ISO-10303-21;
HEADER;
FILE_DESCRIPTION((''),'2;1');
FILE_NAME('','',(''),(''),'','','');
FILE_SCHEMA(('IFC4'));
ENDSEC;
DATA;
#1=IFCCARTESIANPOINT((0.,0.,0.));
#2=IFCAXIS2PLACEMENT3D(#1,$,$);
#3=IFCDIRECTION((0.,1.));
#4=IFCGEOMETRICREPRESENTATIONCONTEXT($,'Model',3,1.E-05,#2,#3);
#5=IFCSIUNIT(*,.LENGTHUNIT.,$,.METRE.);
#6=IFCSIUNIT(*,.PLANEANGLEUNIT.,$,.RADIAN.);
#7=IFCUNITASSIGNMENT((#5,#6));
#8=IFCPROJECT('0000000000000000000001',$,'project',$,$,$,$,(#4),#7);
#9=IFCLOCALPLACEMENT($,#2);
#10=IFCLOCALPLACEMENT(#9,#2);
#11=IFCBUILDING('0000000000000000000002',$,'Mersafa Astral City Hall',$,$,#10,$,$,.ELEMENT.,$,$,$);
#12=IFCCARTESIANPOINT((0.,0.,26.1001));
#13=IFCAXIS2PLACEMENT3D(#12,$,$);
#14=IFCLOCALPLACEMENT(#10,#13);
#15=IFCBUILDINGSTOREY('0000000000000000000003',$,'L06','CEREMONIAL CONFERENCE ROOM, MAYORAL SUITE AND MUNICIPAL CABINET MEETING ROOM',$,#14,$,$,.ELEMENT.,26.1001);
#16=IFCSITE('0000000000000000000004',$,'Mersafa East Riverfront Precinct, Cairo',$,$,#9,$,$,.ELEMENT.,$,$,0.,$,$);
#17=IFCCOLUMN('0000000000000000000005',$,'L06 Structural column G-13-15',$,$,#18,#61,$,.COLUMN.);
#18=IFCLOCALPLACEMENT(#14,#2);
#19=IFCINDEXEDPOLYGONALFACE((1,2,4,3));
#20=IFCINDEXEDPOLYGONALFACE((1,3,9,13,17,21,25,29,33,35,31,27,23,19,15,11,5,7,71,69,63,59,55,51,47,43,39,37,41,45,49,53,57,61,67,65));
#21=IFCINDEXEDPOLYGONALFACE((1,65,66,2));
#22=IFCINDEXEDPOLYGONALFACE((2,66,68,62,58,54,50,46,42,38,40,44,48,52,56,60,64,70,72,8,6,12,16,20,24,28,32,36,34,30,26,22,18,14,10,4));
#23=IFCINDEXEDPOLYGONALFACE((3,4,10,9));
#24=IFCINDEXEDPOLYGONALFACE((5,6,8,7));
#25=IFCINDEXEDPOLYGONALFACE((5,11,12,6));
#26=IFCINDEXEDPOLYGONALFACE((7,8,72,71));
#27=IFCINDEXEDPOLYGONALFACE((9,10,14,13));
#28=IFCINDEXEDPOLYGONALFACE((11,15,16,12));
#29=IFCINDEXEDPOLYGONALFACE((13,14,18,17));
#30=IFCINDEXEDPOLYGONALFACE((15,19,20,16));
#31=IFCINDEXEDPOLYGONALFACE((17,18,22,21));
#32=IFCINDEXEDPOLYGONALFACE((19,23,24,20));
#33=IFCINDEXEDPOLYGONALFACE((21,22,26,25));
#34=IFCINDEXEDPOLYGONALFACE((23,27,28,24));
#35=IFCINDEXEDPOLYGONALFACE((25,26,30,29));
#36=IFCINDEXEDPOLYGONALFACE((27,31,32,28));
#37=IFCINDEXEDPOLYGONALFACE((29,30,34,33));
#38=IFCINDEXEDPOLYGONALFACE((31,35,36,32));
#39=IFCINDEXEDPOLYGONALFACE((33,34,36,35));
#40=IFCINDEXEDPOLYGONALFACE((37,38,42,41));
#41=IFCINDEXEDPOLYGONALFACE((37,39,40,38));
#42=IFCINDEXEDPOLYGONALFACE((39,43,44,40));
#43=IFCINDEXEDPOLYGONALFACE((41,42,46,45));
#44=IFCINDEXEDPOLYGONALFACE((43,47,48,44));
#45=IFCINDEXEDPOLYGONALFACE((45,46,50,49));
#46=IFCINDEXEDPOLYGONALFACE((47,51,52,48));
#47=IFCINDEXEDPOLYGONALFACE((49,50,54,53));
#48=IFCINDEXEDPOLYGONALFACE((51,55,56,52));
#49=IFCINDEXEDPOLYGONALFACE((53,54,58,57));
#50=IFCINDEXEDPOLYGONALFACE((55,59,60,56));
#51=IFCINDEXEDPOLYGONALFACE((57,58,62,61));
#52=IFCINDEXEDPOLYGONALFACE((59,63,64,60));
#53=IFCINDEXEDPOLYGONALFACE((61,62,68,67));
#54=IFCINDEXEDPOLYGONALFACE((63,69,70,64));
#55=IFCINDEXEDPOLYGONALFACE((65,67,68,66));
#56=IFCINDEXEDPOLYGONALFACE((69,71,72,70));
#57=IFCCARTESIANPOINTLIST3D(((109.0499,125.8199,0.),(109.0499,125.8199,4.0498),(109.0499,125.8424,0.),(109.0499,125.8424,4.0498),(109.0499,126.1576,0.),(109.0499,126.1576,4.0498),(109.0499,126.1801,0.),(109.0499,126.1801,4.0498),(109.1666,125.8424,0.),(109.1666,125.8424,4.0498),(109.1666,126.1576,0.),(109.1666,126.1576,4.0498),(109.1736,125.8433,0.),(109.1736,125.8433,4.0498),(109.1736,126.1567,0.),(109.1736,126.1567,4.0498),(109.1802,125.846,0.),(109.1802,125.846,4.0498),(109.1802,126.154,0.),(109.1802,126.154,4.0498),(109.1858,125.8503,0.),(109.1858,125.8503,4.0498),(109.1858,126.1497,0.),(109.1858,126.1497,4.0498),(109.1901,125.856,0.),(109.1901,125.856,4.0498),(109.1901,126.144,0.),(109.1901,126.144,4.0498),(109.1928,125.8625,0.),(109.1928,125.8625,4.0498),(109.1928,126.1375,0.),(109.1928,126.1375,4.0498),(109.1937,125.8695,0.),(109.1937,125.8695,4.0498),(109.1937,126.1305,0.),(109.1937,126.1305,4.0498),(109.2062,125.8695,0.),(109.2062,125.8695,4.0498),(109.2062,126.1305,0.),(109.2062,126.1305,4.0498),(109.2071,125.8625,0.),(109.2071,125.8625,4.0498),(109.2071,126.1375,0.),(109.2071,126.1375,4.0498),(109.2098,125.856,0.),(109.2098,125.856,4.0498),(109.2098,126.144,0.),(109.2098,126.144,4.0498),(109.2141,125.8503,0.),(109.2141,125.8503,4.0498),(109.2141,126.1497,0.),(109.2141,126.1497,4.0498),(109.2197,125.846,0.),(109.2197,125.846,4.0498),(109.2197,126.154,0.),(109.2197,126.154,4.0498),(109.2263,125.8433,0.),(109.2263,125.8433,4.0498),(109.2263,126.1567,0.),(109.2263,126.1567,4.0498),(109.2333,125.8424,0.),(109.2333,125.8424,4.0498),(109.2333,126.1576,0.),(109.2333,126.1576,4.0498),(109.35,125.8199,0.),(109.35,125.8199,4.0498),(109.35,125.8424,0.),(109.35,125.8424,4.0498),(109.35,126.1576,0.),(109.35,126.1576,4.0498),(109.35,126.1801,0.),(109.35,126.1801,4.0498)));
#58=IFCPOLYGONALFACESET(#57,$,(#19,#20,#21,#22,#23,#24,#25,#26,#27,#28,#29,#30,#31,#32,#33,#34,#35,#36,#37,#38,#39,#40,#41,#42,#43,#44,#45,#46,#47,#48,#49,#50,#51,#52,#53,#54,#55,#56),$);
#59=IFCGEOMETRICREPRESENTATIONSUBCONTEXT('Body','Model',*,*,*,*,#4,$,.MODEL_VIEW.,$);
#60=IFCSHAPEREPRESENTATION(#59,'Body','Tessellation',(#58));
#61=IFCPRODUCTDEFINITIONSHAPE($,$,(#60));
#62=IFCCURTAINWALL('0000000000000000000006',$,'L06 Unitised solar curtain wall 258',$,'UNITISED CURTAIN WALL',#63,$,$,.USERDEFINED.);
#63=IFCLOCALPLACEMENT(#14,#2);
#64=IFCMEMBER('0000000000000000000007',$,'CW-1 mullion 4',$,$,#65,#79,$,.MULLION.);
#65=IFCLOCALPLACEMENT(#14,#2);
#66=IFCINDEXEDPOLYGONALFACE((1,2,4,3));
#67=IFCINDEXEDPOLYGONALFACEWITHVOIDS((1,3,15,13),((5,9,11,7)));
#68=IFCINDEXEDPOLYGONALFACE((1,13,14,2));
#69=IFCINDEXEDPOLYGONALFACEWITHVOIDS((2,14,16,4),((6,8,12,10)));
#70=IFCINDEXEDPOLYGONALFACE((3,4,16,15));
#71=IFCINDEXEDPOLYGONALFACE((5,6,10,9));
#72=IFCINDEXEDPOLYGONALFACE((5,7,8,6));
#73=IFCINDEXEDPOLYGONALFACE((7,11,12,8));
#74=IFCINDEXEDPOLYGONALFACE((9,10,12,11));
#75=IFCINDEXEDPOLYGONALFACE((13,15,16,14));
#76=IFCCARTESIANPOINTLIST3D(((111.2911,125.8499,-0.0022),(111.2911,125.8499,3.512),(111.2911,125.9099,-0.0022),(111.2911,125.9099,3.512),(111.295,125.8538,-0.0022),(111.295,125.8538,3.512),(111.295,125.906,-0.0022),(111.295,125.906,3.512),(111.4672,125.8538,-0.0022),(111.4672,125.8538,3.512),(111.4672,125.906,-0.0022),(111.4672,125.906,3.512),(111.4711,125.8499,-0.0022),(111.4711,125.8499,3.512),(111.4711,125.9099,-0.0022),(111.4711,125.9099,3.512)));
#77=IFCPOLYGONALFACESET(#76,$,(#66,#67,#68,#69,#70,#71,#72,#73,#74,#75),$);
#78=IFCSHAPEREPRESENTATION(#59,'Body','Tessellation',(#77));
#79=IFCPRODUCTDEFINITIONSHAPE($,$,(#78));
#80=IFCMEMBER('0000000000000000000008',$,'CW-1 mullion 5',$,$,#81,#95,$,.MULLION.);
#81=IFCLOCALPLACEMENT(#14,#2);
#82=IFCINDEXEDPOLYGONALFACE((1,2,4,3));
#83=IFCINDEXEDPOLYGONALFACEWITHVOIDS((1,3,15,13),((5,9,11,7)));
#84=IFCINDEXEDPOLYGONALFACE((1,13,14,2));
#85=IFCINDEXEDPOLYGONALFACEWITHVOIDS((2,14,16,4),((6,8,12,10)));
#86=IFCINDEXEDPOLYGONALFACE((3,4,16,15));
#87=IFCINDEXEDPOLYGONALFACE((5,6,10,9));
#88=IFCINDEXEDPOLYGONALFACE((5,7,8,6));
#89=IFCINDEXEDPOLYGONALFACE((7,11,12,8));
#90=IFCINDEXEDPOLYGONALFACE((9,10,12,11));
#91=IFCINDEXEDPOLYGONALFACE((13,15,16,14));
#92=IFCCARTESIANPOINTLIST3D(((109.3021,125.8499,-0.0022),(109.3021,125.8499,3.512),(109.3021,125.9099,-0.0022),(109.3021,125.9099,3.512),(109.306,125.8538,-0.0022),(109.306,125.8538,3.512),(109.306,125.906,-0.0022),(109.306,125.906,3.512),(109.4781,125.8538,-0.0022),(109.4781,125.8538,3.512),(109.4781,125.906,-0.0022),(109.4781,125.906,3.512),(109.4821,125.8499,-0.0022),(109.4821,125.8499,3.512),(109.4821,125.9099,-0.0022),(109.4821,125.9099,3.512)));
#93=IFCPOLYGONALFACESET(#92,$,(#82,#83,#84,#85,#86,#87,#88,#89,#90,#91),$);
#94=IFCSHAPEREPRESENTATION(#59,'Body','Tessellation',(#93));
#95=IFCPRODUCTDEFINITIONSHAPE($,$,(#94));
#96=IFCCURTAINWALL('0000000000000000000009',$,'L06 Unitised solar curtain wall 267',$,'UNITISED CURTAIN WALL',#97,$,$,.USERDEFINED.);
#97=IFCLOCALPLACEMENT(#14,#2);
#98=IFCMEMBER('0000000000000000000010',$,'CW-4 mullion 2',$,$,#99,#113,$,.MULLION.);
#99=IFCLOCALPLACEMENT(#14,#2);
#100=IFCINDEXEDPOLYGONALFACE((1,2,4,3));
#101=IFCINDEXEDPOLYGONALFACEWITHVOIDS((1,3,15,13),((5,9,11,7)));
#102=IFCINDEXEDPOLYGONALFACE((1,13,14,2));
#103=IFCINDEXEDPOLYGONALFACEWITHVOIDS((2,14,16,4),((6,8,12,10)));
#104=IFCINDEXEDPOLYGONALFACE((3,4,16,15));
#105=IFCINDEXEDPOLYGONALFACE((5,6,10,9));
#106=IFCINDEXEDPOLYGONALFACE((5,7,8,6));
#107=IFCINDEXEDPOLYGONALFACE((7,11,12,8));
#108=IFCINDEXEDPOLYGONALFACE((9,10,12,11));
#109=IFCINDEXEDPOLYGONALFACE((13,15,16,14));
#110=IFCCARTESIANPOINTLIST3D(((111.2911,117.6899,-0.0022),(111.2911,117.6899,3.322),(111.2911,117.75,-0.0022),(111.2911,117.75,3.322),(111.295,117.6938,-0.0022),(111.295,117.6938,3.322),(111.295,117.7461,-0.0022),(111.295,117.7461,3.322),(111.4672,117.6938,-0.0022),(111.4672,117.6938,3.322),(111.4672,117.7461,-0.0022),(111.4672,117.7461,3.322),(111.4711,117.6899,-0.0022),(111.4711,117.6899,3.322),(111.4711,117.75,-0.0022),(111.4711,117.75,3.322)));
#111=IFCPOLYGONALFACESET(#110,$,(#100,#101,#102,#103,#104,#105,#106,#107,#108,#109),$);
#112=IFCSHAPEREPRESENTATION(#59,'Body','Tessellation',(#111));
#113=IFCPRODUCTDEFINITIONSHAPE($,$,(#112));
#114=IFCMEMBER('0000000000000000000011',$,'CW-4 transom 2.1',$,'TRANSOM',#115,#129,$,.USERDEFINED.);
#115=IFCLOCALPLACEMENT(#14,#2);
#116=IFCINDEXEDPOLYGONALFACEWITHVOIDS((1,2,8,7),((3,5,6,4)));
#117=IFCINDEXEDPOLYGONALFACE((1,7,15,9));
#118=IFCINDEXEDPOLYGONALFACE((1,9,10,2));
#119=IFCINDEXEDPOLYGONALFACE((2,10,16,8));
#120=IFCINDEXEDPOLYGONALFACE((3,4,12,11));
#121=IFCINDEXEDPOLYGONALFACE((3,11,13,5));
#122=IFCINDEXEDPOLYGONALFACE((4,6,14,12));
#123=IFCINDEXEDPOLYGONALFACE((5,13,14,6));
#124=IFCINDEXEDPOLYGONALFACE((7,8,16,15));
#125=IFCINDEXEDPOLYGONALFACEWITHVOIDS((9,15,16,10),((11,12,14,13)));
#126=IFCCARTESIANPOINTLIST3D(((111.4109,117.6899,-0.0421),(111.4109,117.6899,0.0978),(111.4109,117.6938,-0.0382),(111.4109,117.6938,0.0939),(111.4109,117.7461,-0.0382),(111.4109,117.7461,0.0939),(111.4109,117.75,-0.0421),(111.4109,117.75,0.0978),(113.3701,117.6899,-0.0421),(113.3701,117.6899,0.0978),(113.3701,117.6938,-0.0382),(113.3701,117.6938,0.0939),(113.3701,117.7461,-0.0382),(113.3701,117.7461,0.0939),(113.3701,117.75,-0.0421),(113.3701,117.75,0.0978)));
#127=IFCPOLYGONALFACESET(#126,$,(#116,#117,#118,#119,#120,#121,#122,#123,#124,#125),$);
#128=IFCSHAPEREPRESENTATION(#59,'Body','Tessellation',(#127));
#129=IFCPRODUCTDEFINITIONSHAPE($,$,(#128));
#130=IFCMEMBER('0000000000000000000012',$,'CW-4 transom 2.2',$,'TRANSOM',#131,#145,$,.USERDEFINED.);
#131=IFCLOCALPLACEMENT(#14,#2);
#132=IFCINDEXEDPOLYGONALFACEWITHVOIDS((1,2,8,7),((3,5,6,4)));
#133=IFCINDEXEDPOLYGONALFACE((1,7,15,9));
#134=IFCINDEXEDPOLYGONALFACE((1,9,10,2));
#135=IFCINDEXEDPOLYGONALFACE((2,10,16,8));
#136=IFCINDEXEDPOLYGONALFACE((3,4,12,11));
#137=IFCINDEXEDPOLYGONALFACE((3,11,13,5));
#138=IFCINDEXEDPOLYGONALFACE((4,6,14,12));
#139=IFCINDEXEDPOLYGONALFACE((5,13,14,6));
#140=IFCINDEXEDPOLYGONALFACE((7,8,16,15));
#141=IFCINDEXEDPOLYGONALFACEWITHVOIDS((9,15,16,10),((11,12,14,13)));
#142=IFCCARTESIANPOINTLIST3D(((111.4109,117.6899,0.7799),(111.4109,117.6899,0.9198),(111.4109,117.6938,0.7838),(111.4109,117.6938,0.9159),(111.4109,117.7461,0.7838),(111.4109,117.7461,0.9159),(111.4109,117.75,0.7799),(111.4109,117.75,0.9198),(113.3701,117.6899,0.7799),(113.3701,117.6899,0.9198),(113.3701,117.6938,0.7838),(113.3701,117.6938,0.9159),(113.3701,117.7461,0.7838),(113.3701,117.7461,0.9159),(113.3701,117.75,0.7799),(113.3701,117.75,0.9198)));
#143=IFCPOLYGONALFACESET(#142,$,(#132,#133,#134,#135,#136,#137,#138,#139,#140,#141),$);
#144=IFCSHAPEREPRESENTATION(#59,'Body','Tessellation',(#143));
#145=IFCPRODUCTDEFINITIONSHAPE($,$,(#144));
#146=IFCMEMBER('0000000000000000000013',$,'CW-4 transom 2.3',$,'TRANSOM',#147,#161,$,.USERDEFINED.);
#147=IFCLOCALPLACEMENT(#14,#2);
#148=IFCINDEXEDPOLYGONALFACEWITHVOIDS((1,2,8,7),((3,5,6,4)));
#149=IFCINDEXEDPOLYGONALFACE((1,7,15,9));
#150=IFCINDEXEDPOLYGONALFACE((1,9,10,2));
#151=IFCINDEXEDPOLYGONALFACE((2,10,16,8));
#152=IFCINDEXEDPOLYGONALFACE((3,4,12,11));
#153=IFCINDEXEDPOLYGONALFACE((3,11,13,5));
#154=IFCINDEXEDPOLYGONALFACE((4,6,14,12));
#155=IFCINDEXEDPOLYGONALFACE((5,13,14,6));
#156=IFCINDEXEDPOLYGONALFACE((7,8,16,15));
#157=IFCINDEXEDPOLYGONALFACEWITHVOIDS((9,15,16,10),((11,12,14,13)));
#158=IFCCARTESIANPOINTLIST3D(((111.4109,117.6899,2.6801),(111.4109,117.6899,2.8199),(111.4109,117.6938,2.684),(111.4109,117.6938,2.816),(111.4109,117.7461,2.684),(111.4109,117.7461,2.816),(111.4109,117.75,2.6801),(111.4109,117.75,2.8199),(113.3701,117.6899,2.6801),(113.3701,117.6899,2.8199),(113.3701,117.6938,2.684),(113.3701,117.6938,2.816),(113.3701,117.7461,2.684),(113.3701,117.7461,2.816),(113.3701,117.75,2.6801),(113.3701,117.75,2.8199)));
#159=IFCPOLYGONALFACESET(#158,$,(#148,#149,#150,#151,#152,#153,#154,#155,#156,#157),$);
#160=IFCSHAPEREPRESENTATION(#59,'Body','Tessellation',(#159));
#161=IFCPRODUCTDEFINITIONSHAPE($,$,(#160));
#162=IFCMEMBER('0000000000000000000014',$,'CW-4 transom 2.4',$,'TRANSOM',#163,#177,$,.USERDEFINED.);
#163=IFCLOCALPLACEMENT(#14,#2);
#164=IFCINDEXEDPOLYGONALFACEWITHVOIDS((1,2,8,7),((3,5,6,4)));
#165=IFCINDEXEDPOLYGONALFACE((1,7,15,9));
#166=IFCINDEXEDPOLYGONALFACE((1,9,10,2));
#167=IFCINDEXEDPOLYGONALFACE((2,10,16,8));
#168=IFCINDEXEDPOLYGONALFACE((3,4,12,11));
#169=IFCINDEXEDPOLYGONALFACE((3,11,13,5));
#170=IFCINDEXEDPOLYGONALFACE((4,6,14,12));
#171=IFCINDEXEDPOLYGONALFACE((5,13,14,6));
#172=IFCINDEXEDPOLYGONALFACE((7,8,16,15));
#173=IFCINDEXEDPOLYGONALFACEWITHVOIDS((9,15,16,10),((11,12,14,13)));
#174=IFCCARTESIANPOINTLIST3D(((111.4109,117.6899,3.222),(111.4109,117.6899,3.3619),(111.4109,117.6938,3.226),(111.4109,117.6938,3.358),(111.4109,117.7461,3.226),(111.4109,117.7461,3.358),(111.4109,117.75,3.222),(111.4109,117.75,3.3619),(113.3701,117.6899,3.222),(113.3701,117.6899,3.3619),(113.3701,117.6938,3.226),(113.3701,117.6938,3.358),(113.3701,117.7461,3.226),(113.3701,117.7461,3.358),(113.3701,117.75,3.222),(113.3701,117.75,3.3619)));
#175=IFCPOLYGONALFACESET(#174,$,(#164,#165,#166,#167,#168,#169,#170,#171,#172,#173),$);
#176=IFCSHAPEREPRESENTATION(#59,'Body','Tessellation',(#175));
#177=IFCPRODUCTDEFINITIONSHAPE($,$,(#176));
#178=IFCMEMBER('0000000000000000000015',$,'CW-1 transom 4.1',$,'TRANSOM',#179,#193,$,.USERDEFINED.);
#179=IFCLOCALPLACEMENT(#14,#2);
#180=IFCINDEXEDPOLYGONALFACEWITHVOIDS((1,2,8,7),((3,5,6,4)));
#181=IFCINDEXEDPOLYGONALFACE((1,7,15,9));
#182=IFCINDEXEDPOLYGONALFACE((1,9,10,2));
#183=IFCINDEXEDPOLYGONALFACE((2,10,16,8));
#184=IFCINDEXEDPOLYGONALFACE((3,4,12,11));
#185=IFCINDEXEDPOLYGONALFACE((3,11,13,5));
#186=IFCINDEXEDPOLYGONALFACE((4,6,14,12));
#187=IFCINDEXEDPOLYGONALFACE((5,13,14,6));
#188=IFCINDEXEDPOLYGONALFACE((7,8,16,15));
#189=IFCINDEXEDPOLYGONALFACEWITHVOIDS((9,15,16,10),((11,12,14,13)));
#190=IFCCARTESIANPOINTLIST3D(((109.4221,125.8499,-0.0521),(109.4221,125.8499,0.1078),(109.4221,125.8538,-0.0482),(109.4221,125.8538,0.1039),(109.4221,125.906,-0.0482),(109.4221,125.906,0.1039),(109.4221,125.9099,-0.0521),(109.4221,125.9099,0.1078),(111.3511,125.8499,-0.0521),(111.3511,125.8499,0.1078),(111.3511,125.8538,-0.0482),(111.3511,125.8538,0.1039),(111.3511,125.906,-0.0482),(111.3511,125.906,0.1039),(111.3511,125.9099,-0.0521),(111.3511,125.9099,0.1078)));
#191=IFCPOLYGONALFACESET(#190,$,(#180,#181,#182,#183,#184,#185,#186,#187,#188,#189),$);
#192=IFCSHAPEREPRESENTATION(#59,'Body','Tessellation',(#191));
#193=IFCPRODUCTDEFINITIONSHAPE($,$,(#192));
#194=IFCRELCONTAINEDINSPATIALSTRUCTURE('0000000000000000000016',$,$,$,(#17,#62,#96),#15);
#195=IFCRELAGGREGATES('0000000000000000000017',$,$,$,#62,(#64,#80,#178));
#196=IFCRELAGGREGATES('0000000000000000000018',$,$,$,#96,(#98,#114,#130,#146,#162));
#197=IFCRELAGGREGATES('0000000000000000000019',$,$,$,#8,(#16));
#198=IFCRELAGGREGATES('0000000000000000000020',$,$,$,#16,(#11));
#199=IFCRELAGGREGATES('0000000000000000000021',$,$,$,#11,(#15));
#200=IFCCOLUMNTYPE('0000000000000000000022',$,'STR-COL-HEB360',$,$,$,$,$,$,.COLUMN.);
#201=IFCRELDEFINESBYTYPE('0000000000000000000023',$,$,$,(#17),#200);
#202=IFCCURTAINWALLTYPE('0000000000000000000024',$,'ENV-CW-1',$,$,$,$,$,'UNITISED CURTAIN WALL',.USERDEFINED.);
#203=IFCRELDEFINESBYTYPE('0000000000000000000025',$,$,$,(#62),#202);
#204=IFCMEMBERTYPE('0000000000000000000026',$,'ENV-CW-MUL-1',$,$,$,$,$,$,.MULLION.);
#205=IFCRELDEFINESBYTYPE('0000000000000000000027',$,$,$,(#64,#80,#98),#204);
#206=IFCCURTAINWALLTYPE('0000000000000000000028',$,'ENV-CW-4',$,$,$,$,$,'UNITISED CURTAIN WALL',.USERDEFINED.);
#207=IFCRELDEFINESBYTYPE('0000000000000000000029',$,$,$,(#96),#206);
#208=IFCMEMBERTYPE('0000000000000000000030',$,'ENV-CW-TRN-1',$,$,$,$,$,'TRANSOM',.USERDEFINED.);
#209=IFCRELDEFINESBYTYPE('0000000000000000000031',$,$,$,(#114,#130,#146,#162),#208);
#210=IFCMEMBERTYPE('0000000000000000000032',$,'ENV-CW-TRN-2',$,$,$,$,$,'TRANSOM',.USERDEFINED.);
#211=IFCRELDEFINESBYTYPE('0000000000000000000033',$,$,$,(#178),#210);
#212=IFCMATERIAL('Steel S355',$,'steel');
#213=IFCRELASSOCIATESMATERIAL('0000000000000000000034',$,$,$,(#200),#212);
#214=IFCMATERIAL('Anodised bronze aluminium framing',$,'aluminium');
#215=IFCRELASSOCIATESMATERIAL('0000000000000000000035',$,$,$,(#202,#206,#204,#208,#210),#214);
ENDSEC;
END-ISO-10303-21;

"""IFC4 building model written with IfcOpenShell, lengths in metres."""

from ifc_helpers import new_model, si_unit, direction, frame, origin, origin_2d, place, context, subcontext, project, spatial, hollow_rectangle, i_section, extrude, material, material_profile, profile_set, type_object, element, aggregate, save


model = new_model("IFC4")

# Units and contexts
model_context = context("Model", 3, precision=1e-05, world=origin(), true_north=direction((0.0, 1.0)))
body_context = subcontext(model_context, "Body", "Model", "MODEL_VIEW")
ifc_project = project(units=[si_unit("LENGTHUNIT", "METRE"), si_unit("PLANEANGLEUNIT", "RADIAN")], contexts=[model_context])

# Site, building, storey
site_placement = place(None, origin())
site = spatial("IfcSite", under=ifc_project, at=site_placement, Name="Mersafa East Riverfront Precinct, Cairo", CompositionType="ELEMENT", RefElevation=0.0)
building_placement = place(site_placement, origin())
building = spatial("IfcBuilding", under=site, at=building_placement, Name="Mersafa Astral City Hall", CompositionType="ELEMENT")
storey_placement = place(building_placement, frame((0.0, 0.0, 26.1001)))
storey = spatial("IfcBuildingStorey", under=building, at=storey_placement, Name="L06", Description="CEREMONIAL CONFERENCE ROOM, MAYORAL SUITE AND MUNICIPAL CABINET MEETING ROOM", CompositionType="ELEMENT", Elevation=26.1001)

# Column
ifc_material_1 = material(Name="Steel S355", Category="steel")
ifc_material_profile_1 = material_profile(ifc_material_1, i_section(OverallWidth=0.3, OverallDepth=0.3601, WebThickness=0.0125, FlangeThickness=0.0225, FilletRadius=0.0271, at=origin_2d()), Name="HEB 360")
ifc_profile_set_1 = profile_set([ifc_material_profile_1], Name="Steel S355")
column_type = type_object("IfcColumnType", Name="STR-COL-HEB360", PredefinedType="COLUMN", material=ifc_profile_set_1)
column_placement = place(storey_placement, frame((109.2, 126.0, 0.0), z_axis=(0.0, 0.0, 1.0), x_axis=(1.0, 0.0, 0.0)))
element("IfcColumn", 1, at=column_placement, inside=storey, type_object=column_type, Name="L06 Structural column G-13-15", PredefinedType="COLUMN", context=body_context, shape_type="SweptSolid", body=[
    extrude(i_section(OverallWidth=0.3, OverallDepth=0.3601, WebThickness=0.0125, FlangeThickness=0.0225, FilletRadius=0.0271, at=origin_2d()), origin(), (0.0, 0.0, 1.0), 4.0498),
])

# Curtain walls, members
ifc_material_2 = material(Name="Anodised bronze aluminium framing", Category="aluminium")
curtain_wall_type_1 = type_object("IfcCurtainWallType", Name="ENV-CW-1", ElementType="UNITISED CURTAIN WALL", PredefinedType="USERDEFINED", material=ifc_material_2)
curtain_wall_1_placement = place(storey_placement, origin())
curtain_wall_1 = element("IfcCurtainWall", 2, at=curtain_wall_1_placement, inside=storey, type_object=curtain_wall_type_1, Name="L06 Unitised solar curtain wall 258", ObjectType="UNITISED CURTAIN WALL", PredefinedType="USERDEFINED")
ifc_material_profile_2 = material_profile(ifc_material_2, hollow_rectangle(XDim=0.0601, YDim=0.1799, WallThickness=0.0039, at=origin_2d()), Name="RHS 60x180x4")
ifc_profile_set_2 = profile_set([ifc_material_profile_2], Name="Anodised bronze aluminium framing")
member_type_1 = type_object("IfcMemberType", Name="ENV-CW-MUL-1", PredefinedType="MULLION", material=ifc_profile_set_2)
member_1_placement = place(storey_placement, frame((111.3811, 125.8799, -0.0022), z_axis=(0.0, 0.0, 1.0), x_axis=(0.0, -1.0, 0.0)))
member_1 = element("IfcMember", 3, at=member_1_placement, type_object=member_type_1, Name="CW-1 mullion 4", PredefinedType="MULLION", context=body_context, shape_type="SweptSolid", body=[
    extrude(hollow_rectangle(XDim=0.0601, YDim=0.1799, WallThickness=0.0039, at=origin_2d()), origin(), (0.0, 0.0, 1.0), 3.5142),
])
member_2_placement = place(storey_placement, frame((109.3921, 125.8799, -0.0022), z_axis=(0.0, 0.0, 1.0), x_axis=(0.0, -1.0, 0.0)))
member_2 = element("IfcMember", 4, at=member_2_placement, type_object=member_type_1, Name="CW-1 mullion 5", PredefinedType="MULLION", context=body_context, shape_type="SweptSolid", body=[
    extrude(hollow_rectangle(XDim=0.0601, YDim=0.1799, WallThickness=0.0039, at=origin_2d()), origin(), (0.0, 0.0, 1.0), 3.5142),
])
curtain_wall_type_2 = type_object("IfcCurtainWallType", Name="ENV-CW-4", ElementType="UNITISED CURTAIN WALL", PredefinedType="USERDEFINED", material=ifc_material_2)
curtain_wall_2_placement = place(storey_placement, origin())
curtain_wall_2 = element("IfcCurtainWall", 5, at=curtain_wall_2_placement, inside=storey, type_object=curtain_wall_type_2, Name="L06 Unitised solar curtain wall 267", ObjectType="UNITISED CURTAIN WALL", PredefinedType="USERDEFINED")
member_3_placement = place(storey_placement, frame((111.3811, 117.72, -0.0022), z_axis=(0.0, 0.0, 1.0), x_axis=(0.0, 1.0, 0.0)))
member_3 = element("IfcMember", 6, at=member_3_placement, type_object=member_type_1, Name="CW-4 mullion 2", PredefinedType="MULLION", context=body_context, shape_type="SweptSolid", body=[
    extrude(hollow_rectangle(XDim=0.0601, YDim=0.1799, WallThickness=0.0039, at=origin_2d()), origin(), (0.0, 0.0, 1.0), 3.3242),
])
ifc_material_profile_3 = material_profile(ifc_material_2, hollow_rectangle(XDim=0.0601, YDim=0.1399, WallThickness=0.0039, at=origin_2d()), Name="RHS 60x140x4")
ifc_profile_set_3 = profile_set([ifc_material_profile_3], Name="Anodised bronze aluminium framing")
member_type_2 = type_object("IfcMemberType", Name="ENV-CW-TRN-1", ElementType="TRANSOM", PredefinedType="USERDEFINED", material=ifc_profile_set_3)
member_4_placement = place(storey_placement, frame((111.4109, 117.72, 0.0278), z_axis=(1.0, 0.0, 0.0), x_axis=(0.0, 1.0, 0.0)))
member_4 = element("IfcMember", 7, at=member_4_placement, type_object=member_type_2, Name="CW-4 transom 2.1", ObjectType="TRANSOM", PredefinedType="USERDEFINED", context=body_context, shape_type="SweptSolid", body=[
    extrude(hollow_rectangle(XDim=0.0601, YDim=0.1399, WallThickness=0.0039, at=origin_2d()), origin(), (0.0, 0.0, 1.0), 1.9592),
])
member_5_placement = place(storey_placement, frame((111.4109, 117.72, 0.8499), z_axis=(1.0, 0.0, 0.0), x_axis=(0.0, 1.0, 0.0)))
member_5 = element("IfcMember", 8, at=member_5_placement, type_object=member_type_2, Name="CW-4 transom 2.2", ObjectType="TRANSOM", PredefinedType="USERDEFINED", context=body_context, shape_type="SweptSolid", body=[
    extrude(hollow_rectangle(XDim=0.0601, YDim=0.1399, WallThickness=0.0039, at=origin_2d()), origin(), (0.0, 0.0, 1.0), 1.9592),
])
member_6_placement = place(storey_placement, frame((111.4109, 117.72, 2.75), z_axis=(1.0, 0.0, 0.0), x_axis=(0.0, 1.0, 0.0)))
member_6 = element("IfcMember", 9, at=member_6_placement, type_object=member_type_2, Name="CW-4 transom 2.3", ObjectType="TRANSOM", PredefinedType="USERDEFINED", context=body_context, shape_type="SweptSolid", body=[
    extrude(hollow_rectangle(XDim=0.0601, YDim=0.1399, WallThickness=0.0039, at=origin_2d()), origin(), (0.0, 0.0, 1.0), 1.9592),
])
member_7_placement = place(storey_placement, frame((111.4109, 117.72, 3.292), z_axis=(1.0, 0.0, 0.0), x_axis=(0.0, 1.0, 0.0)))
member_7 = element("IfcMember", 10, at=member_7_placement, type_object=member_type_2, Name="CW-4 transom 2.4", ObjectType="TRANSOM", PredefinedType="USERDEFINED", context=body_context, shape_type="SweptSolid", body=[
    extrude(hollow_rectangle(XDim=0.0601, YDim=0.1399, WallThickness=0.0039, at=origin_2d()), origin(), (0.0, 0.0, 1.0), 1.9592),
])

# Member
ifc_material_profile_4 = material_profile(ifc_material_2, hollow_rectangle(XDim=0.0601, YDim=0.1599, WallThickness=0.0039, at=origin_2d()), Name="RHS 60x160x4")
ifc_profile_set_4 = profile_set([ifc_material_profile_4], Name="Anodised bronze aluminium framing")
member_type_3 = type_object("IfcMemberType", Name="ENV-CW-TRN-2", ElementType="TRANSOM", PredefinedType="USERDEFINED", material=ifc_profile_set_4)
member_8_placement = place(storey_placement, frame((111.3511, 125.8799, 0.0278), z_axis=(-1.0, 0.0, 0.0), x_axis=(0.0, -1.0, 0.0)))
member_8 = element("IfcMember", 11, at=member_8_placement, type_object=member_type_3, Name="CW-1 transom 4.1", ObjectType="TRANSOM", PredefinedType="USERDEFINED", context=body_context, shape_type="SweptSolid", body=[
    extrude(hollow_rectangle(XDim=0.0601, YDim=0.1599, WallThickness=0.0039, at=origin_2d()), origin(), (0.0, 0.0, 1.0), 1.929),
])

aggregate(curtain_wall_1, [member_1, member_2, member_8])
aggregate(curtain_wall_2, [member_3, member_4, member_5, member_6, member_7])

save(model, "model.ifc")
